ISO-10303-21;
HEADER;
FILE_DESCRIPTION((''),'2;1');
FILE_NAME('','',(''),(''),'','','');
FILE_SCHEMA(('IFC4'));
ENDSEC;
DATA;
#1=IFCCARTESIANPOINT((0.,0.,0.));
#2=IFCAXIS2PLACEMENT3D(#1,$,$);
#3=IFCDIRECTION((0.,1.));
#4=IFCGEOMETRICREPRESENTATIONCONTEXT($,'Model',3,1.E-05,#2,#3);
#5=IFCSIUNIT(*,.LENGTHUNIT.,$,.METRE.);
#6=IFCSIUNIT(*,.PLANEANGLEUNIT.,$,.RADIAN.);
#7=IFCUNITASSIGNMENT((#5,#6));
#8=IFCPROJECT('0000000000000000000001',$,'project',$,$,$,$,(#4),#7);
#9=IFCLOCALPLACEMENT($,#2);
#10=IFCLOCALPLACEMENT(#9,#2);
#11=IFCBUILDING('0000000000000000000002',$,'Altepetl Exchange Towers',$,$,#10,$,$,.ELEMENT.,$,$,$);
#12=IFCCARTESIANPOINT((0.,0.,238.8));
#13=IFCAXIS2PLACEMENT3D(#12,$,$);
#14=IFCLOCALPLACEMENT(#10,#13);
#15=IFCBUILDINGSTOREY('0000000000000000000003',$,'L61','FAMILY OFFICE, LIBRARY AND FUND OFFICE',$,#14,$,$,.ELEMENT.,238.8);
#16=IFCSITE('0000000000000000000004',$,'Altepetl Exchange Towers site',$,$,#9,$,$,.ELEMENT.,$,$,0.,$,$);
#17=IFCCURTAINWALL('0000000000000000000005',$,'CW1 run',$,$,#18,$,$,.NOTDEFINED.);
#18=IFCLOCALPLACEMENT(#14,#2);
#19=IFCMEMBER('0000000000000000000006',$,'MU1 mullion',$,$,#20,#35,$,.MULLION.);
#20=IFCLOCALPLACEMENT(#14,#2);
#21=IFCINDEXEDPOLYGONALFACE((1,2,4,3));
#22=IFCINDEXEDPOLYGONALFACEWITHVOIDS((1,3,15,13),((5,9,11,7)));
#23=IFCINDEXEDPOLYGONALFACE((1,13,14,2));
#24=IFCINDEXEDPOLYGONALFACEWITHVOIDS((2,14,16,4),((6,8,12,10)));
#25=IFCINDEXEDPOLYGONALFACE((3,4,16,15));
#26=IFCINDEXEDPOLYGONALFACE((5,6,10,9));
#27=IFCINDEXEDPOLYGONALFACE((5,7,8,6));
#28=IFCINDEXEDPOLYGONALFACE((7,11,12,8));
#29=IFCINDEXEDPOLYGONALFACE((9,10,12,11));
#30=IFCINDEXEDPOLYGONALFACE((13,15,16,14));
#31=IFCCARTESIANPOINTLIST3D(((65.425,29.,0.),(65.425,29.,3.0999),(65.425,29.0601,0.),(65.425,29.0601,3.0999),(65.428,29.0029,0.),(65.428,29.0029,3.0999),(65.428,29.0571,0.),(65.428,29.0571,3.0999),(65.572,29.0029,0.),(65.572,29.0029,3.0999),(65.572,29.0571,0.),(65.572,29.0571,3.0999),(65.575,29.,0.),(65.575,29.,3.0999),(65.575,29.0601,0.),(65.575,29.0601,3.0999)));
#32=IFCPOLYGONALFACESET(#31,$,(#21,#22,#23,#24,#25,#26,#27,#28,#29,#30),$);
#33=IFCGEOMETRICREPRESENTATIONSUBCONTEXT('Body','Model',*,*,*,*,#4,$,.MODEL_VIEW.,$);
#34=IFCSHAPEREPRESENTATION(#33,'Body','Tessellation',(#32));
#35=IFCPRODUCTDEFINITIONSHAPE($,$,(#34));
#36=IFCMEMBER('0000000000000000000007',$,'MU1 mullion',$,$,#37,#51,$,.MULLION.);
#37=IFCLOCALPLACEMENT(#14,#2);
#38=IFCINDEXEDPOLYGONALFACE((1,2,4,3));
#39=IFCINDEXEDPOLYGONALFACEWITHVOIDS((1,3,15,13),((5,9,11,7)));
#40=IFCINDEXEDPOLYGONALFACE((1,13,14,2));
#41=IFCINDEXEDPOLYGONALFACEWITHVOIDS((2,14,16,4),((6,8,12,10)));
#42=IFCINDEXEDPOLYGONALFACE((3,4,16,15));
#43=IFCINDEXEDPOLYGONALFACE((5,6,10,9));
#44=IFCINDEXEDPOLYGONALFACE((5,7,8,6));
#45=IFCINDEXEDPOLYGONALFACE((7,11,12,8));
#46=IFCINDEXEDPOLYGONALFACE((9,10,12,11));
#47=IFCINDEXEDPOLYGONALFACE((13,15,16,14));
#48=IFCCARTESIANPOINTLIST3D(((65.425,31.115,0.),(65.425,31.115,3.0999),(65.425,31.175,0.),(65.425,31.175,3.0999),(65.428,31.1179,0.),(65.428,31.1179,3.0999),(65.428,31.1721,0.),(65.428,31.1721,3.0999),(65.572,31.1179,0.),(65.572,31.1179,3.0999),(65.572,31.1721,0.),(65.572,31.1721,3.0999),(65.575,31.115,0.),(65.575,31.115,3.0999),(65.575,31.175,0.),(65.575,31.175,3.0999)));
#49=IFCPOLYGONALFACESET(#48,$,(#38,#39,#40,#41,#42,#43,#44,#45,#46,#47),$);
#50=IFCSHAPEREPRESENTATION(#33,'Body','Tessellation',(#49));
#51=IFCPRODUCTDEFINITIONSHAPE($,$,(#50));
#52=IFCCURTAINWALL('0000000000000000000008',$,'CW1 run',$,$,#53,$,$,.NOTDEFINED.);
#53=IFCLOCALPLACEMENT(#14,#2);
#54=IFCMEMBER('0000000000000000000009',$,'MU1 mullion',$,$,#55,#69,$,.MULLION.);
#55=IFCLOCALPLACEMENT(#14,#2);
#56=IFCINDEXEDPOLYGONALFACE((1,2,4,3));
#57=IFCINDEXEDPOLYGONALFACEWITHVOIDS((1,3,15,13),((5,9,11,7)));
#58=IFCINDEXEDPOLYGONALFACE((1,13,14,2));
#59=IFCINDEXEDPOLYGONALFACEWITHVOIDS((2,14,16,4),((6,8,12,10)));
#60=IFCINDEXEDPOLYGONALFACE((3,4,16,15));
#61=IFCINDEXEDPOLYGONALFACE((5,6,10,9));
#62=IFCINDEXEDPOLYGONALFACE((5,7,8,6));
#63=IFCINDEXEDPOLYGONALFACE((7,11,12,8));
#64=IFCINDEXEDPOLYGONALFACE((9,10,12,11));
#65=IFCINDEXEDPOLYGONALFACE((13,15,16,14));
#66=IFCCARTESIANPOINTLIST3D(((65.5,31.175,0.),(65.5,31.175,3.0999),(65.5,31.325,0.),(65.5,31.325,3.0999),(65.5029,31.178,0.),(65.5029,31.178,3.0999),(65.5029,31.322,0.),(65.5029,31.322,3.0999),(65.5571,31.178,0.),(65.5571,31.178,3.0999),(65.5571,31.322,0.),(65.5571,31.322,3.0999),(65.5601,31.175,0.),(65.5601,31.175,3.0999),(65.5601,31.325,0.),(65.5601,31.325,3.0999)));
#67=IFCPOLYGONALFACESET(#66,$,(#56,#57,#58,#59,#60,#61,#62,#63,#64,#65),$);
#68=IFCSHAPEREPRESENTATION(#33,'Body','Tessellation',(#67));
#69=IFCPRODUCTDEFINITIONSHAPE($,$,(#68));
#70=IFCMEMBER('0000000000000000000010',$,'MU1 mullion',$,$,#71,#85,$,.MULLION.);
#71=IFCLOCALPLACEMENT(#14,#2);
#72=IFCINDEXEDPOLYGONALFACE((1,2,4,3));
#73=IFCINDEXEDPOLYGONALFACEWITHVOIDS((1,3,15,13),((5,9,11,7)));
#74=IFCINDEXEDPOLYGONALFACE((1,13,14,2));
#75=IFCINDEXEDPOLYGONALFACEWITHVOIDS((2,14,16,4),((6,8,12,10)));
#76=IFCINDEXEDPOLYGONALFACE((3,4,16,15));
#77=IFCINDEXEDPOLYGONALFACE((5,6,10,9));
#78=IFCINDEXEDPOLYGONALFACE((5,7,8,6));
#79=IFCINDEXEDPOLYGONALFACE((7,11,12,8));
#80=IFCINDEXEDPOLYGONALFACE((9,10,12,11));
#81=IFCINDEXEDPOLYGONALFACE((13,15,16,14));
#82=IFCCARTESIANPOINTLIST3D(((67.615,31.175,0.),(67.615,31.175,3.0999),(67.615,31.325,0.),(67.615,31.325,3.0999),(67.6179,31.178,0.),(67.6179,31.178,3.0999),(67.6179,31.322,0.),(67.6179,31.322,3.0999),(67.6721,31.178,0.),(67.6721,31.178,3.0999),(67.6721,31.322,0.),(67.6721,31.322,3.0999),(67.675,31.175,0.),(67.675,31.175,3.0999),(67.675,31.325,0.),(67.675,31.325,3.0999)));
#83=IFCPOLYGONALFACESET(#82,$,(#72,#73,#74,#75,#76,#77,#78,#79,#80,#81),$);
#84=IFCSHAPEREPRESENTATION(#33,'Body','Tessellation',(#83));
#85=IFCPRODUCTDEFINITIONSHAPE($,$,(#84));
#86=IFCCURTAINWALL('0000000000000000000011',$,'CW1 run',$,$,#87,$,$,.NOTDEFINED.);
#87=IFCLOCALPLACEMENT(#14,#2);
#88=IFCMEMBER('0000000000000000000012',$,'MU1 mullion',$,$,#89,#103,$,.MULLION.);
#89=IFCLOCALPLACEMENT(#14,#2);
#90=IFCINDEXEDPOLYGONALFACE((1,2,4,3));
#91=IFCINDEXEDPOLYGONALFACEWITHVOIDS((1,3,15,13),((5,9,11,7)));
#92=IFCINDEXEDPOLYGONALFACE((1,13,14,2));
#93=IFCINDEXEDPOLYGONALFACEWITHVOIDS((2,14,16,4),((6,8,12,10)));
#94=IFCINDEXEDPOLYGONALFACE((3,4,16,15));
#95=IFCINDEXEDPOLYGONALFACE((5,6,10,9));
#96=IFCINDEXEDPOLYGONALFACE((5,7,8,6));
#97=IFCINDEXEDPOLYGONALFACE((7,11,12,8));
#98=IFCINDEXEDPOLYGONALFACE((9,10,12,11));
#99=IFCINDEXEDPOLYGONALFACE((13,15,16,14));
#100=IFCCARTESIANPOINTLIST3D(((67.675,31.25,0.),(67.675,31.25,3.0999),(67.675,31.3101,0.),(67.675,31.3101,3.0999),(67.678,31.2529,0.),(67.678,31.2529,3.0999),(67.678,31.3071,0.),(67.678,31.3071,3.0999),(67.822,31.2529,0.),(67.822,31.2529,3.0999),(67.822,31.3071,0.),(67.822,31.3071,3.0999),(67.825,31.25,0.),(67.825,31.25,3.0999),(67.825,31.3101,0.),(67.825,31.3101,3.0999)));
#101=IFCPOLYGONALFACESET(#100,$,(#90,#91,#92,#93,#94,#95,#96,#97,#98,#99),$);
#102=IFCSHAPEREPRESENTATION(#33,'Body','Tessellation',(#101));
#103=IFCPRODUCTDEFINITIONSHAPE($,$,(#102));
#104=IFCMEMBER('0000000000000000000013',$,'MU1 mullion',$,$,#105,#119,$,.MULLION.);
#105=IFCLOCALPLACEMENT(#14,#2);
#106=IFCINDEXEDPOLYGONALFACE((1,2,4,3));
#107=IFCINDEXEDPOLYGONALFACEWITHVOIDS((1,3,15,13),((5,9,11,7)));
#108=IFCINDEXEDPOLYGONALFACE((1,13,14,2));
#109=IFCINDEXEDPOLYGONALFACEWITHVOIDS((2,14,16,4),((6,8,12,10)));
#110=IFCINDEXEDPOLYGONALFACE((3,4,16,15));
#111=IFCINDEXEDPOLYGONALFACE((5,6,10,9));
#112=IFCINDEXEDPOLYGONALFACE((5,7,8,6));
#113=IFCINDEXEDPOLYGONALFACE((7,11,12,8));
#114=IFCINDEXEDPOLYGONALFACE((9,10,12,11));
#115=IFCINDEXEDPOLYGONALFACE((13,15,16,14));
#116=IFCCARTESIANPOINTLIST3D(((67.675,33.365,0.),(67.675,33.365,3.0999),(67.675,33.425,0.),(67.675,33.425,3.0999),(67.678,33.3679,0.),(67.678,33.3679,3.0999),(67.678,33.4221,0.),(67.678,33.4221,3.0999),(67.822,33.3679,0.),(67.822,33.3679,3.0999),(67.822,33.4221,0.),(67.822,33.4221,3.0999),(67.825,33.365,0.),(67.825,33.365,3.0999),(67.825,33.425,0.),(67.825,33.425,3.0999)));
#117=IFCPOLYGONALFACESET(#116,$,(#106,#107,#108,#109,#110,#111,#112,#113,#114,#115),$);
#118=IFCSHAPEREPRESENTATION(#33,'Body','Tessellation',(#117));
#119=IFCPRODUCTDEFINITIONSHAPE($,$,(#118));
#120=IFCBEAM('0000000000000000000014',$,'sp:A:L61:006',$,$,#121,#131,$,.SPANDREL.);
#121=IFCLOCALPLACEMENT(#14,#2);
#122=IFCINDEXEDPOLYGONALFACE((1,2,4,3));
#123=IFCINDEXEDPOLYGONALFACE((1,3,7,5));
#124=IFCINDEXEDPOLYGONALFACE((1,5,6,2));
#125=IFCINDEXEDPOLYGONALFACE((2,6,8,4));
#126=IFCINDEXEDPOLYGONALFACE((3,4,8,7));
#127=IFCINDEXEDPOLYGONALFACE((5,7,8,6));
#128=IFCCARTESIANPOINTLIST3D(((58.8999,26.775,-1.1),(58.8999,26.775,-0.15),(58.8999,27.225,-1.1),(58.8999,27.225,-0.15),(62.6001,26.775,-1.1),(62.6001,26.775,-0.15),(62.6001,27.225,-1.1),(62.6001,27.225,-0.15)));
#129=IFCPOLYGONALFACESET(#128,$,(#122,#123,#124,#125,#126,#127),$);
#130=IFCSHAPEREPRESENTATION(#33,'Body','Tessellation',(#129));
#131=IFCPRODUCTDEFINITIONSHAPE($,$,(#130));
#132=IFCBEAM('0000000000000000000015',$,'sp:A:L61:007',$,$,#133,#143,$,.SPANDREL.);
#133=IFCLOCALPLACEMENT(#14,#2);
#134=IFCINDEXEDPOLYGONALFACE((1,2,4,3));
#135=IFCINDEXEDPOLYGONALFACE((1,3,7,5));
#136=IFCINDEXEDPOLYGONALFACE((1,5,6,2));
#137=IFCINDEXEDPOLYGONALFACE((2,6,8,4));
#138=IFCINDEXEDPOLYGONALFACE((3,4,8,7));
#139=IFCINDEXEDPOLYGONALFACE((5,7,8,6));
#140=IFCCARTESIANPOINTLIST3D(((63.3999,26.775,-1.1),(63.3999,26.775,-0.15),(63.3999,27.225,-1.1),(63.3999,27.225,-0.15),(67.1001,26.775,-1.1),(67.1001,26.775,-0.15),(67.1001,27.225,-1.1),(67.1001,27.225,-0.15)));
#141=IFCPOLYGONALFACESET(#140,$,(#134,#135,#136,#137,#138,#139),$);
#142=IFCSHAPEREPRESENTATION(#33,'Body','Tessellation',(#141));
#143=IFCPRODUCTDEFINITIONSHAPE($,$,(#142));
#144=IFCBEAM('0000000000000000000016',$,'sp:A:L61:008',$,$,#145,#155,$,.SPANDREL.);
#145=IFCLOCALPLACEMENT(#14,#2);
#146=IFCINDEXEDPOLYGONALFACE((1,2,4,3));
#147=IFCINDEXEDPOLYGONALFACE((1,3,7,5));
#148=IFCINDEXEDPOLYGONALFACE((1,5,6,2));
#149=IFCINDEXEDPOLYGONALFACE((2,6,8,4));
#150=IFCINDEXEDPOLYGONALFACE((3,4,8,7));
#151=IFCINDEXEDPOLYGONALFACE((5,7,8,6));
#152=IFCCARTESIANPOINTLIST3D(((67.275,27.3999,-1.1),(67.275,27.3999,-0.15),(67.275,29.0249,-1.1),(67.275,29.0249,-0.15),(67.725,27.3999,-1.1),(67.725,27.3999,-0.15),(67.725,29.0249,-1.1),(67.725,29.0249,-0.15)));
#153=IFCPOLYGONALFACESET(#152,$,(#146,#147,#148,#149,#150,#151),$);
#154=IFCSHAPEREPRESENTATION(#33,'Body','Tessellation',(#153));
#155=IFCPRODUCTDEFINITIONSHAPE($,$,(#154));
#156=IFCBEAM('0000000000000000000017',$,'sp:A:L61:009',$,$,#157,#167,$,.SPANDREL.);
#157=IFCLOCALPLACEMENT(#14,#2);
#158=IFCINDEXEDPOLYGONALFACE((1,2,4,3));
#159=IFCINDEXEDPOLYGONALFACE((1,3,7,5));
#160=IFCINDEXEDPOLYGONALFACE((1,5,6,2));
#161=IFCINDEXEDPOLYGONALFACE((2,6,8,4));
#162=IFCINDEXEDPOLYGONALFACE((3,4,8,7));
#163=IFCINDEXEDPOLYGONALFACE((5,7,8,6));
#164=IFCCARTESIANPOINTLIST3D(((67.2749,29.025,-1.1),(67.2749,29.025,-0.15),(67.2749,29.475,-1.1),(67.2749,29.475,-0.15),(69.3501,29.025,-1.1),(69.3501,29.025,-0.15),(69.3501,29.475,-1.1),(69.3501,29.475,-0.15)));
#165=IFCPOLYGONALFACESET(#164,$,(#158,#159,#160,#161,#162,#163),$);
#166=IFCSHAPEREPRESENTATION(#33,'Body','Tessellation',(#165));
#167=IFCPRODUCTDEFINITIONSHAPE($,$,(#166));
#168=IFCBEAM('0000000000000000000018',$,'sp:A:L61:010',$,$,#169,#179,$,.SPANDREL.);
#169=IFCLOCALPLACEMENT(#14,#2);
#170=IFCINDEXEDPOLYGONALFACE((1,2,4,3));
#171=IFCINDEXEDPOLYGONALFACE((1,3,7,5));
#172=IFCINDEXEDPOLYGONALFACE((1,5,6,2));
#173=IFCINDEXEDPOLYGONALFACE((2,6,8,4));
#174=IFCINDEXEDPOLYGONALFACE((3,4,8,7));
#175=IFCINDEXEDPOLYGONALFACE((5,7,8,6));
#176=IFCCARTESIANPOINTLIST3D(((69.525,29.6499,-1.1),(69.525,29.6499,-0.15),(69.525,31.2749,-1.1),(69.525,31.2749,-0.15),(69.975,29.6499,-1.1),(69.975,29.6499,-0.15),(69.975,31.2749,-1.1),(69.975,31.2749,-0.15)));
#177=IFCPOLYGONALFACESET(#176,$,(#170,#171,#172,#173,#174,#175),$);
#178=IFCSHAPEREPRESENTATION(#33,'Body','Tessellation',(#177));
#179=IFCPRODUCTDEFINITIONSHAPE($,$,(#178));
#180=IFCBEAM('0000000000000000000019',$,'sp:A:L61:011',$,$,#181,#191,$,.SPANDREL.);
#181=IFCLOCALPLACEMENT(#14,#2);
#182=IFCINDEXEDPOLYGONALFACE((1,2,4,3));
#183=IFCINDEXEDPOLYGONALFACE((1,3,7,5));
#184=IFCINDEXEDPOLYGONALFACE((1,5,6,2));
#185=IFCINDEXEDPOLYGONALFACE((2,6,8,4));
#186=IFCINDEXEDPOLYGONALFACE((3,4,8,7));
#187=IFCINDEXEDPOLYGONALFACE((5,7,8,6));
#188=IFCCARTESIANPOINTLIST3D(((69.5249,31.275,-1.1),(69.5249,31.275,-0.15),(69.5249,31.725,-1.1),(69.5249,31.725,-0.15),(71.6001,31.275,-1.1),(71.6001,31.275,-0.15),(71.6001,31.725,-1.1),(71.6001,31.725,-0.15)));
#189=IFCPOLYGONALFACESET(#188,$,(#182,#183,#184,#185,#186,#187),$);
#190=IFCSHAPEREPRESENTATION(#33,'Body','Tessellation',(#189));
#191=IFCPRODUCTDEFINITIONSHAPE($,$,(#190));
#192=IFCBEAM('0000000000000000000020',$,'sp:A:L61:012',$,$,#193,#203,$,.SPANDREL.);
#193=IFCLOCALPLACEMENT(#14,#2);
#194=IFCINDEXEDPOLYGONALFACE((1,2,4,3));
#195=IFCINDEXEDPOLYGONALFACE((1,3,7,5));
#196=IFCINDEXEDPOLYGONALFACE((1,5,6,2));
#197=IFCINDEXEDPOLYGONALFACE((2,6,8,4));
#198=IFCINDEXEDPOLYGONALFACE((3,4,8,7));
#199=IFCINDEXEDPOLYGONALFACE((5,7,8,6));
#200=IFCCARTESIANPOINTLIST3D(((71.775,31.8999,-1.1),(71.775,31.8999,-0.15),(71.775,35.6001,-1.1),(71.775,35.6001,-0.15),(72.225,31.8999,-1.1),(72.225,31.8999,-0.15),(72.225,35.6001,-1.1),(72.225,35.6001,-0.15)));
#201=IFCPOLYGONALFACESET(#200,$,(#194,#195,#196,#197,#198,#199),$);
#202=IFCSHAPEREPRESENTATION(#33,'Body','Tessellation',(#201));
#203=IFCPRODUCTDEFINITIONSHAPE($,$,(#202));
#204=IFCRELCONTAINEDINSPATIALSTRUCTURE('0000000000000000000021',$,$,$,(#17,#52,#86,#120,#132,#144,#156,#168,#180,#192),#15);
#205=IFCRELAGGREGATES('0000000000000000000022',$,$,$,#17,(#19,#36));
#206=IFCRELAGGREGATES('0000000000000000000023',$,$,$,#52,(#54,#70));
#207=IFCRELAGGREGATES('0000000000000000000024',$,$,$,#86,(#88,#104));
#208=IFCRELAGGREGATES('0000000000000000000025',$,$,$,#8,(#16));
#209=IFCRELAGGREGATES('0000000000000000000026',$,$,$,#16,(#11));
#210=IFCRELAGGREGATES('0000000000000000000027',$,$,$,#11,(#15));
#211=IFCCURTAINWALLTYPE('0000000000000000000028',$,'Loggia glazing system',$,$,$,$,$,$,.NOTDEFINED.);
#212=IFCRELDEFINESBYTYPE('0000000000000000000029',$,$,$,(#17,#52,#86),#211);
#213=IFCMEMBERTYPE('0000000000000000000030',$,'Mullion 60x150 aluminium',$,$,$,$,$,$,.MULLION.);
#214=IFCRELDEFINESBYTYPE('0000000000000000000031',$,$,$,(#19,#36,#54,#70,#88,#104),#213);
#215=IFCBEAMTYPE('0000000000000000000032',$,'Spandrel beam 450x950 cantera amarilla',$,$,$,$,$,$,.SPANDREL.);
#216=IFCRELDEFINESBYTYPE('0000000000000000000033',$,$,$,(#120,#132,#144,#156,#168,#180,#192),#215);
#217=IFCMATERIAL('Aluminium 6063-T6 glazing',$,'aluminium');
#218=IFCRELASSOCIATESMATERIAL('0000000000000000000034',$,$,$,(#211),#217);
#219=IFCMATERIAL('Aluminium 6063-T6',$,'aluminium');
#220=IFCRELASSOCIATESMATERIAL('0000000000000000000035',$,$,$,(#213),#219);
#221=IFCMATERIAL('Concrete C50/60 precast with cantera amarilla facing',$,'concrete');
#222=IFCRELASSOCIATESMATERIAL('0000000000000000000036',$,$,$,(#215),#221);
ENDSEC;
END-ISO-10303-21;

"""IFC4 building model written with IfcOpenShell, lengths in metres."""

from ifc_helpers import new_model, si_unit, direction, frame, origin, origin_2d, place, context, subcontext, project, spatial, rectangle, hollow_rectangle, extrude, material, material_profile, profile_set, type_object, element, aggregate, save


model = new_model("IFC4")

# Units and contexts
model_context = context("Model", 3, precision=1e-05, world=origin(), true_north=direction((0.0, 1.0)))
body_context = subcontext(model_context, "Body", "Model", "MODEL_VIEW")
ifc_project = project(units=[si_unit("LENGTHUNIT", "METRE"), si_unit("PLANEANGLEUNIT", "RADIAN")], contexts=[model_context])

# Site, building, storey
site_placement = place(None, origin())
site = spatial("IfcSite", under=ifc_project, at=site_placement, Name="Altepetl Exchange Towers site", CompositionType="ELEMENT", RefElevation=0.0)
building_placement = place(site_placement, origin())
building = spatial("IfcBuilding", under=site, at=building_placement, Name="Altepetl Exchange Towers", CompositionType="ELEMENT")
storey_placement = place(building_placement, frame((0.0, 0.0, 238.8)))
storey = spatial("IfcBuildingStorey", under=building, at=storey_placement, Name="L61", Description="FAMILY OFFICE, LIBRARY AND FUND OFFICE", CompositionType="ELEMENT", Elevation=238.8)

# Curtain walls, members
ifc_material_1 = material(Name="Aluminium 6063-T6 glazing", Category="aluminium")
curtain_wall_type = type_object("IfcCurtainWallType", Name="Loggia glazing system", PredefinedType="NOTDEFINED", material=ifc_material_1)
ifc_material_2 = material(Name="Aluminium 6063-T6", Category="aluminium")
ifc_material_profile_1 = material_profile(ifc_material_2, hollow_rectangle(XDim=0.0601, YDim=0.1499, WallThickness=0.0029, at=origin_2d()), Name="Mullion 60x150 aluminium")
ifc_profile_set_1 = profile_set([ifc_material_profile_1], Name="Aluminium 6063-T6")
member_type = type_object("IfcMemberType", Name="Mullion 60x150 aluminium", PredefinedType="MULLION", material=ifc_profile_set_1)
curtain_wall_1_placement = place(storey_placement, origin())
curtain_wall_1 = element("IfcCurtainWall", 1, at=curtain_wall_1_placement, inside=storey, type_object=curtain_wall_type, Name="CW1 run", PredefinedType="NOTDEFINED")
member_1_placement = place(storey_placement, frame((65.5, 29.03, 0.0), z_axis=(0.0, 0.0, 1.0), x_axis=(0.0, 1.0, 0.0)))
member_1 = element("IfcMember", 2, at=member_1_placement, type_object=member_type, Name="MU1 mullion", PredefinedType="MULLION", context=body_context, shape_type="SweptSolid", body=[
    extrude(hollow_rectangle(XDim=0.0601, YDim=0.1499, WallThickness=0.0029, at=origin_2d()), origin(), (0.0, 0.0, 1.0), 3.0999),
])
member_2_placement = place(storey_placement, frame((65.5, 31.145, 0.0), z_axis=(0.0, 0.0, 1.0), x_axis=(0.0, 1.0, 0.0)))
member_2 = element("IfcMember", 3, at=member_2_placement, type_object=member_type, Name="MU1 mullion", PredefinedType="MULLION", context=body_context, shape_type="SweptSolid", body=[
    extrude(hollow_rectangle(XDim=0.0601, YDim=0.1499, WallThickness=0.0029, at=origin_2d()), origin(), (0.0, 0.0, 1.0), 3.0999),
])
curtain_wall_2_placement = place(storey_placement, origin())
curtain_wall_2 = element("IfcCurtainWall", 4, at=curtain_wall_2_placement, inside=storey, type_object=curtain_wall_type, Name="CW1 run", PredefinedType="NOTDEFINED")
member_3_placement = place(storey_placement, frame((65.53, 31.25, 0.0)))
member_3 = element("IfcMember", 5, at=member_3_placement, type_object=member_type, Name="MU1 mullion", PredefinedType="MULLION", context=body_context, shape_type="SweptSolid", body=[
    extrude(hollow_rectangle(XDim=0.0601, YDim=0.1499, WallThickness=0.0029, at=origin_2d()), origin(), (0.0, 0.0, 1.0), 3.0999),
])
member_4_placement = place(storey_placement, frame((67.645, 31.25, 0.0)))
member_4 = element("IfcMember", 6, at=member_4_placement, type_object=member_type, Name="MU1 mullion", PredefinedType="MULLION", context=body_context, shape_type="SweptSolid", body=[
    extrude(hollow_rectangle(XDim=0.0601, YDim=0.1499, WallThickness=0.0029, at=origin_2d()), origin(), (0.0, 0.0, 1.0), 3.0999),
])
curtain_wall_3_placement = place(storey_placement, origin())
curtain_wall_3 = element("IfcCurtainWall", 7, at=curtain_wall_3_placement, inside=storey, type_object=curtain_wall_type, Name="CW1 run", PredefinedType="NOTDEFINED")
member_5_placement = place(storey_placement, frame((67.75, 31.28, 0.0), z_axis=(0.0, 0.0, 1.0), x_axis=(0.0, 1.0, 0.0)))
member_5 = element("IfcMember", 8, at=member_5_placement, type_object=member_type, Name="MU1 mullion", PredefinedType="MULLION", context=body_context, shape_type="SweptSolid", body=[
    extrude(hollow_rectangle(XDim=0.0601, YDim=0.1499, WallThickness=0.0029, at=origin_2d()), origin(), (0.0, 0.0, 1.0), 3.0999),
])
member_6_placement = place(storey_placement, frame((67.75, 33.395, 0.0), z_axis=(0.0, 0.0, 1.0), x_axis=(0.0, 1.0, 0.0)))
member_6 = element("IfcMember", 9, at=member_6_placement, type_object=member_type, Name="MU1 mullion", PredefinedType="MULLION", context=body_context, shape_type="SweptSolid", body=[
    extrude(hollow_rectangle(XDim=0.0601, YDim=0.1499, WallThickness=0.0029, at=origin_2d()), origin(), (0.0, 0.0, 1.0), 3.0999),
])

# Beams
ifc_material_3 = material(Name="Concrete C50/60 precast with cantera amarilla facing", Category="concrete")
ifc_material_profile_2 = material_profile(ifc_material_3, rectangle(XDim=0.45, YDim=0.95, at=origin_2d()), Name="450 x 950")
ifc_profile_set_2 = profile_set([ifc_material_profile_2], Name="Concrete C50/60 precast with cantera amarilla facing")
beam_type_1 = type_object("IfcBeamType", Name="Spandrel beam 450x950 cantera amarilla", PredefinedType="SPANDREL", material=ifc_profile_set_2)
for number, where, z_axis, x_axis, name in (
    (10, (58.8999, 27.0, -0.625), (1.0, 0.0, 0.0), (0.0, 1.0, 0.0), "sp:A:L61:006"),
    (11, (63.3999, 27.0, -0.625), (1.0, 0.0, 0.0), (0.0, 1.0, 0.0), "sp:A:L61:007"),
):
    element("IfcBeam", number, at=place(storey_placement, frame(where, z_axis=z_axis, x_axis=x_axis)), inside=storey, type_object=beam_type_1, Name=name, PredefinedType="SPANDREL", context=body_context, shape_type="SweptSolid", body=[
        extrude(rectangle(XDim=0.45, YDim=0.95, at=origin_2d()), origin(), (0.0, 0.0, 1.0), 3.7002),
    ])
beam_1_placement = place(storey_placement, frame((67.5, 27.3999, -0.625), z_axis=(0.0, 1.0, 0.0), x_axis=(-1.0, 0.0, 0.0)))
element("IfcBeam", 12, at=beam_1_placement, inside=storey, type_object=beam_type_1, Name="sp:A:L61:008", PredefinedType="SPANDREL", context=body_context, shape_type="SweptSolid", body=[
    extrude(rectangle(XDim=0.45, YDim=0.95, at=origin_2d()), origin(), (0.0, 0.0, 1.0), 1.625),
])
beam_2_placement = place(storey_placement, frame((67.2749, 29.25, -0.625), z_axis=(1.0, 0.0, 0.0), x_axis=(0.0, 1.0, 0.0)))
element("IfcBeam", 13, at=beam_2_placement, inside=storey, type_object=beam_type_1, Name="sp:A:L61:009", PredefinedType="SPANDREL", context=body_context, shape_type="SweptSolid", body=[
    extrude(rectangle(XDim=0.45, YDim=0.95, at=origin_2d()), origin(), (0.0, 0.0, 1.0), 2.0752),
])
beam_3_placement = place(storey_placement, frame((69.75, 29.6499, -0.625), z_axis=(0.0, 1.0, 0.0), x_axis=(-1.0, 0.0, 0.0)))
element("IfcBeam", 14, at=beam_3_placement, inside=storey, type_object=beam_type_1, Name="sp:A:L61:010", PredefinedType="SPANDREL", context=body_context, shape_type="SweptSolid", body=[
    extrude(rectangle(XDim=0.45, YDim=0.95, at=origin_2d()), origin(), (0.0, 0.0, 1.0), 1.625),
])
beam_4_placement = place(storey_placement, frame((69.5249, 31.5, -0.625), z_axis=(1.0, 0.0, 0.0), x_axis=(0.0, 1.0, 0.0)))
element("IfcBeam", 15, at=beam_4_placement, inside=storey, type_object=beam_type_1, Name="sp:A:L61:011", PredefinedType="SPANDREL", context=body_context, shape_type="SweptSolid", body=[
    extrude(rectangle(XDim=0.45, YDim=0.95, at=origin_2d()), origin(), (0.0, 0.0, 1.0), 2.0752),
])
beam_5_placement = place(storey_placement, frame((72.0, 31.8999, -0.625), z_axis=(0.0, 1.0, 0.0), x_axis=(-1.0, 0.0, 0.0)))
element("IfcBeam", 16, at=beam_5_placement, inside=storey, type_object=beam_type_1, Name="sp:A:L61:012", PredefinedType="SPANDREL", context=body_context, shape_type="SweptSolid", body=[
    extrude(rectangle(XDim=0.45, YDim=0.95, at=origin_2d()), origin(), (0.0, 0.0, 1.0), 3.7002),
])

aggregate(curtain_wall_1, [member_1, member_2])
aggregate(curtain_wall_2, [member_3, member_4])
aggregate(curtain_wall_3, [member_5, member_6])

save(model, "model.ifc")
